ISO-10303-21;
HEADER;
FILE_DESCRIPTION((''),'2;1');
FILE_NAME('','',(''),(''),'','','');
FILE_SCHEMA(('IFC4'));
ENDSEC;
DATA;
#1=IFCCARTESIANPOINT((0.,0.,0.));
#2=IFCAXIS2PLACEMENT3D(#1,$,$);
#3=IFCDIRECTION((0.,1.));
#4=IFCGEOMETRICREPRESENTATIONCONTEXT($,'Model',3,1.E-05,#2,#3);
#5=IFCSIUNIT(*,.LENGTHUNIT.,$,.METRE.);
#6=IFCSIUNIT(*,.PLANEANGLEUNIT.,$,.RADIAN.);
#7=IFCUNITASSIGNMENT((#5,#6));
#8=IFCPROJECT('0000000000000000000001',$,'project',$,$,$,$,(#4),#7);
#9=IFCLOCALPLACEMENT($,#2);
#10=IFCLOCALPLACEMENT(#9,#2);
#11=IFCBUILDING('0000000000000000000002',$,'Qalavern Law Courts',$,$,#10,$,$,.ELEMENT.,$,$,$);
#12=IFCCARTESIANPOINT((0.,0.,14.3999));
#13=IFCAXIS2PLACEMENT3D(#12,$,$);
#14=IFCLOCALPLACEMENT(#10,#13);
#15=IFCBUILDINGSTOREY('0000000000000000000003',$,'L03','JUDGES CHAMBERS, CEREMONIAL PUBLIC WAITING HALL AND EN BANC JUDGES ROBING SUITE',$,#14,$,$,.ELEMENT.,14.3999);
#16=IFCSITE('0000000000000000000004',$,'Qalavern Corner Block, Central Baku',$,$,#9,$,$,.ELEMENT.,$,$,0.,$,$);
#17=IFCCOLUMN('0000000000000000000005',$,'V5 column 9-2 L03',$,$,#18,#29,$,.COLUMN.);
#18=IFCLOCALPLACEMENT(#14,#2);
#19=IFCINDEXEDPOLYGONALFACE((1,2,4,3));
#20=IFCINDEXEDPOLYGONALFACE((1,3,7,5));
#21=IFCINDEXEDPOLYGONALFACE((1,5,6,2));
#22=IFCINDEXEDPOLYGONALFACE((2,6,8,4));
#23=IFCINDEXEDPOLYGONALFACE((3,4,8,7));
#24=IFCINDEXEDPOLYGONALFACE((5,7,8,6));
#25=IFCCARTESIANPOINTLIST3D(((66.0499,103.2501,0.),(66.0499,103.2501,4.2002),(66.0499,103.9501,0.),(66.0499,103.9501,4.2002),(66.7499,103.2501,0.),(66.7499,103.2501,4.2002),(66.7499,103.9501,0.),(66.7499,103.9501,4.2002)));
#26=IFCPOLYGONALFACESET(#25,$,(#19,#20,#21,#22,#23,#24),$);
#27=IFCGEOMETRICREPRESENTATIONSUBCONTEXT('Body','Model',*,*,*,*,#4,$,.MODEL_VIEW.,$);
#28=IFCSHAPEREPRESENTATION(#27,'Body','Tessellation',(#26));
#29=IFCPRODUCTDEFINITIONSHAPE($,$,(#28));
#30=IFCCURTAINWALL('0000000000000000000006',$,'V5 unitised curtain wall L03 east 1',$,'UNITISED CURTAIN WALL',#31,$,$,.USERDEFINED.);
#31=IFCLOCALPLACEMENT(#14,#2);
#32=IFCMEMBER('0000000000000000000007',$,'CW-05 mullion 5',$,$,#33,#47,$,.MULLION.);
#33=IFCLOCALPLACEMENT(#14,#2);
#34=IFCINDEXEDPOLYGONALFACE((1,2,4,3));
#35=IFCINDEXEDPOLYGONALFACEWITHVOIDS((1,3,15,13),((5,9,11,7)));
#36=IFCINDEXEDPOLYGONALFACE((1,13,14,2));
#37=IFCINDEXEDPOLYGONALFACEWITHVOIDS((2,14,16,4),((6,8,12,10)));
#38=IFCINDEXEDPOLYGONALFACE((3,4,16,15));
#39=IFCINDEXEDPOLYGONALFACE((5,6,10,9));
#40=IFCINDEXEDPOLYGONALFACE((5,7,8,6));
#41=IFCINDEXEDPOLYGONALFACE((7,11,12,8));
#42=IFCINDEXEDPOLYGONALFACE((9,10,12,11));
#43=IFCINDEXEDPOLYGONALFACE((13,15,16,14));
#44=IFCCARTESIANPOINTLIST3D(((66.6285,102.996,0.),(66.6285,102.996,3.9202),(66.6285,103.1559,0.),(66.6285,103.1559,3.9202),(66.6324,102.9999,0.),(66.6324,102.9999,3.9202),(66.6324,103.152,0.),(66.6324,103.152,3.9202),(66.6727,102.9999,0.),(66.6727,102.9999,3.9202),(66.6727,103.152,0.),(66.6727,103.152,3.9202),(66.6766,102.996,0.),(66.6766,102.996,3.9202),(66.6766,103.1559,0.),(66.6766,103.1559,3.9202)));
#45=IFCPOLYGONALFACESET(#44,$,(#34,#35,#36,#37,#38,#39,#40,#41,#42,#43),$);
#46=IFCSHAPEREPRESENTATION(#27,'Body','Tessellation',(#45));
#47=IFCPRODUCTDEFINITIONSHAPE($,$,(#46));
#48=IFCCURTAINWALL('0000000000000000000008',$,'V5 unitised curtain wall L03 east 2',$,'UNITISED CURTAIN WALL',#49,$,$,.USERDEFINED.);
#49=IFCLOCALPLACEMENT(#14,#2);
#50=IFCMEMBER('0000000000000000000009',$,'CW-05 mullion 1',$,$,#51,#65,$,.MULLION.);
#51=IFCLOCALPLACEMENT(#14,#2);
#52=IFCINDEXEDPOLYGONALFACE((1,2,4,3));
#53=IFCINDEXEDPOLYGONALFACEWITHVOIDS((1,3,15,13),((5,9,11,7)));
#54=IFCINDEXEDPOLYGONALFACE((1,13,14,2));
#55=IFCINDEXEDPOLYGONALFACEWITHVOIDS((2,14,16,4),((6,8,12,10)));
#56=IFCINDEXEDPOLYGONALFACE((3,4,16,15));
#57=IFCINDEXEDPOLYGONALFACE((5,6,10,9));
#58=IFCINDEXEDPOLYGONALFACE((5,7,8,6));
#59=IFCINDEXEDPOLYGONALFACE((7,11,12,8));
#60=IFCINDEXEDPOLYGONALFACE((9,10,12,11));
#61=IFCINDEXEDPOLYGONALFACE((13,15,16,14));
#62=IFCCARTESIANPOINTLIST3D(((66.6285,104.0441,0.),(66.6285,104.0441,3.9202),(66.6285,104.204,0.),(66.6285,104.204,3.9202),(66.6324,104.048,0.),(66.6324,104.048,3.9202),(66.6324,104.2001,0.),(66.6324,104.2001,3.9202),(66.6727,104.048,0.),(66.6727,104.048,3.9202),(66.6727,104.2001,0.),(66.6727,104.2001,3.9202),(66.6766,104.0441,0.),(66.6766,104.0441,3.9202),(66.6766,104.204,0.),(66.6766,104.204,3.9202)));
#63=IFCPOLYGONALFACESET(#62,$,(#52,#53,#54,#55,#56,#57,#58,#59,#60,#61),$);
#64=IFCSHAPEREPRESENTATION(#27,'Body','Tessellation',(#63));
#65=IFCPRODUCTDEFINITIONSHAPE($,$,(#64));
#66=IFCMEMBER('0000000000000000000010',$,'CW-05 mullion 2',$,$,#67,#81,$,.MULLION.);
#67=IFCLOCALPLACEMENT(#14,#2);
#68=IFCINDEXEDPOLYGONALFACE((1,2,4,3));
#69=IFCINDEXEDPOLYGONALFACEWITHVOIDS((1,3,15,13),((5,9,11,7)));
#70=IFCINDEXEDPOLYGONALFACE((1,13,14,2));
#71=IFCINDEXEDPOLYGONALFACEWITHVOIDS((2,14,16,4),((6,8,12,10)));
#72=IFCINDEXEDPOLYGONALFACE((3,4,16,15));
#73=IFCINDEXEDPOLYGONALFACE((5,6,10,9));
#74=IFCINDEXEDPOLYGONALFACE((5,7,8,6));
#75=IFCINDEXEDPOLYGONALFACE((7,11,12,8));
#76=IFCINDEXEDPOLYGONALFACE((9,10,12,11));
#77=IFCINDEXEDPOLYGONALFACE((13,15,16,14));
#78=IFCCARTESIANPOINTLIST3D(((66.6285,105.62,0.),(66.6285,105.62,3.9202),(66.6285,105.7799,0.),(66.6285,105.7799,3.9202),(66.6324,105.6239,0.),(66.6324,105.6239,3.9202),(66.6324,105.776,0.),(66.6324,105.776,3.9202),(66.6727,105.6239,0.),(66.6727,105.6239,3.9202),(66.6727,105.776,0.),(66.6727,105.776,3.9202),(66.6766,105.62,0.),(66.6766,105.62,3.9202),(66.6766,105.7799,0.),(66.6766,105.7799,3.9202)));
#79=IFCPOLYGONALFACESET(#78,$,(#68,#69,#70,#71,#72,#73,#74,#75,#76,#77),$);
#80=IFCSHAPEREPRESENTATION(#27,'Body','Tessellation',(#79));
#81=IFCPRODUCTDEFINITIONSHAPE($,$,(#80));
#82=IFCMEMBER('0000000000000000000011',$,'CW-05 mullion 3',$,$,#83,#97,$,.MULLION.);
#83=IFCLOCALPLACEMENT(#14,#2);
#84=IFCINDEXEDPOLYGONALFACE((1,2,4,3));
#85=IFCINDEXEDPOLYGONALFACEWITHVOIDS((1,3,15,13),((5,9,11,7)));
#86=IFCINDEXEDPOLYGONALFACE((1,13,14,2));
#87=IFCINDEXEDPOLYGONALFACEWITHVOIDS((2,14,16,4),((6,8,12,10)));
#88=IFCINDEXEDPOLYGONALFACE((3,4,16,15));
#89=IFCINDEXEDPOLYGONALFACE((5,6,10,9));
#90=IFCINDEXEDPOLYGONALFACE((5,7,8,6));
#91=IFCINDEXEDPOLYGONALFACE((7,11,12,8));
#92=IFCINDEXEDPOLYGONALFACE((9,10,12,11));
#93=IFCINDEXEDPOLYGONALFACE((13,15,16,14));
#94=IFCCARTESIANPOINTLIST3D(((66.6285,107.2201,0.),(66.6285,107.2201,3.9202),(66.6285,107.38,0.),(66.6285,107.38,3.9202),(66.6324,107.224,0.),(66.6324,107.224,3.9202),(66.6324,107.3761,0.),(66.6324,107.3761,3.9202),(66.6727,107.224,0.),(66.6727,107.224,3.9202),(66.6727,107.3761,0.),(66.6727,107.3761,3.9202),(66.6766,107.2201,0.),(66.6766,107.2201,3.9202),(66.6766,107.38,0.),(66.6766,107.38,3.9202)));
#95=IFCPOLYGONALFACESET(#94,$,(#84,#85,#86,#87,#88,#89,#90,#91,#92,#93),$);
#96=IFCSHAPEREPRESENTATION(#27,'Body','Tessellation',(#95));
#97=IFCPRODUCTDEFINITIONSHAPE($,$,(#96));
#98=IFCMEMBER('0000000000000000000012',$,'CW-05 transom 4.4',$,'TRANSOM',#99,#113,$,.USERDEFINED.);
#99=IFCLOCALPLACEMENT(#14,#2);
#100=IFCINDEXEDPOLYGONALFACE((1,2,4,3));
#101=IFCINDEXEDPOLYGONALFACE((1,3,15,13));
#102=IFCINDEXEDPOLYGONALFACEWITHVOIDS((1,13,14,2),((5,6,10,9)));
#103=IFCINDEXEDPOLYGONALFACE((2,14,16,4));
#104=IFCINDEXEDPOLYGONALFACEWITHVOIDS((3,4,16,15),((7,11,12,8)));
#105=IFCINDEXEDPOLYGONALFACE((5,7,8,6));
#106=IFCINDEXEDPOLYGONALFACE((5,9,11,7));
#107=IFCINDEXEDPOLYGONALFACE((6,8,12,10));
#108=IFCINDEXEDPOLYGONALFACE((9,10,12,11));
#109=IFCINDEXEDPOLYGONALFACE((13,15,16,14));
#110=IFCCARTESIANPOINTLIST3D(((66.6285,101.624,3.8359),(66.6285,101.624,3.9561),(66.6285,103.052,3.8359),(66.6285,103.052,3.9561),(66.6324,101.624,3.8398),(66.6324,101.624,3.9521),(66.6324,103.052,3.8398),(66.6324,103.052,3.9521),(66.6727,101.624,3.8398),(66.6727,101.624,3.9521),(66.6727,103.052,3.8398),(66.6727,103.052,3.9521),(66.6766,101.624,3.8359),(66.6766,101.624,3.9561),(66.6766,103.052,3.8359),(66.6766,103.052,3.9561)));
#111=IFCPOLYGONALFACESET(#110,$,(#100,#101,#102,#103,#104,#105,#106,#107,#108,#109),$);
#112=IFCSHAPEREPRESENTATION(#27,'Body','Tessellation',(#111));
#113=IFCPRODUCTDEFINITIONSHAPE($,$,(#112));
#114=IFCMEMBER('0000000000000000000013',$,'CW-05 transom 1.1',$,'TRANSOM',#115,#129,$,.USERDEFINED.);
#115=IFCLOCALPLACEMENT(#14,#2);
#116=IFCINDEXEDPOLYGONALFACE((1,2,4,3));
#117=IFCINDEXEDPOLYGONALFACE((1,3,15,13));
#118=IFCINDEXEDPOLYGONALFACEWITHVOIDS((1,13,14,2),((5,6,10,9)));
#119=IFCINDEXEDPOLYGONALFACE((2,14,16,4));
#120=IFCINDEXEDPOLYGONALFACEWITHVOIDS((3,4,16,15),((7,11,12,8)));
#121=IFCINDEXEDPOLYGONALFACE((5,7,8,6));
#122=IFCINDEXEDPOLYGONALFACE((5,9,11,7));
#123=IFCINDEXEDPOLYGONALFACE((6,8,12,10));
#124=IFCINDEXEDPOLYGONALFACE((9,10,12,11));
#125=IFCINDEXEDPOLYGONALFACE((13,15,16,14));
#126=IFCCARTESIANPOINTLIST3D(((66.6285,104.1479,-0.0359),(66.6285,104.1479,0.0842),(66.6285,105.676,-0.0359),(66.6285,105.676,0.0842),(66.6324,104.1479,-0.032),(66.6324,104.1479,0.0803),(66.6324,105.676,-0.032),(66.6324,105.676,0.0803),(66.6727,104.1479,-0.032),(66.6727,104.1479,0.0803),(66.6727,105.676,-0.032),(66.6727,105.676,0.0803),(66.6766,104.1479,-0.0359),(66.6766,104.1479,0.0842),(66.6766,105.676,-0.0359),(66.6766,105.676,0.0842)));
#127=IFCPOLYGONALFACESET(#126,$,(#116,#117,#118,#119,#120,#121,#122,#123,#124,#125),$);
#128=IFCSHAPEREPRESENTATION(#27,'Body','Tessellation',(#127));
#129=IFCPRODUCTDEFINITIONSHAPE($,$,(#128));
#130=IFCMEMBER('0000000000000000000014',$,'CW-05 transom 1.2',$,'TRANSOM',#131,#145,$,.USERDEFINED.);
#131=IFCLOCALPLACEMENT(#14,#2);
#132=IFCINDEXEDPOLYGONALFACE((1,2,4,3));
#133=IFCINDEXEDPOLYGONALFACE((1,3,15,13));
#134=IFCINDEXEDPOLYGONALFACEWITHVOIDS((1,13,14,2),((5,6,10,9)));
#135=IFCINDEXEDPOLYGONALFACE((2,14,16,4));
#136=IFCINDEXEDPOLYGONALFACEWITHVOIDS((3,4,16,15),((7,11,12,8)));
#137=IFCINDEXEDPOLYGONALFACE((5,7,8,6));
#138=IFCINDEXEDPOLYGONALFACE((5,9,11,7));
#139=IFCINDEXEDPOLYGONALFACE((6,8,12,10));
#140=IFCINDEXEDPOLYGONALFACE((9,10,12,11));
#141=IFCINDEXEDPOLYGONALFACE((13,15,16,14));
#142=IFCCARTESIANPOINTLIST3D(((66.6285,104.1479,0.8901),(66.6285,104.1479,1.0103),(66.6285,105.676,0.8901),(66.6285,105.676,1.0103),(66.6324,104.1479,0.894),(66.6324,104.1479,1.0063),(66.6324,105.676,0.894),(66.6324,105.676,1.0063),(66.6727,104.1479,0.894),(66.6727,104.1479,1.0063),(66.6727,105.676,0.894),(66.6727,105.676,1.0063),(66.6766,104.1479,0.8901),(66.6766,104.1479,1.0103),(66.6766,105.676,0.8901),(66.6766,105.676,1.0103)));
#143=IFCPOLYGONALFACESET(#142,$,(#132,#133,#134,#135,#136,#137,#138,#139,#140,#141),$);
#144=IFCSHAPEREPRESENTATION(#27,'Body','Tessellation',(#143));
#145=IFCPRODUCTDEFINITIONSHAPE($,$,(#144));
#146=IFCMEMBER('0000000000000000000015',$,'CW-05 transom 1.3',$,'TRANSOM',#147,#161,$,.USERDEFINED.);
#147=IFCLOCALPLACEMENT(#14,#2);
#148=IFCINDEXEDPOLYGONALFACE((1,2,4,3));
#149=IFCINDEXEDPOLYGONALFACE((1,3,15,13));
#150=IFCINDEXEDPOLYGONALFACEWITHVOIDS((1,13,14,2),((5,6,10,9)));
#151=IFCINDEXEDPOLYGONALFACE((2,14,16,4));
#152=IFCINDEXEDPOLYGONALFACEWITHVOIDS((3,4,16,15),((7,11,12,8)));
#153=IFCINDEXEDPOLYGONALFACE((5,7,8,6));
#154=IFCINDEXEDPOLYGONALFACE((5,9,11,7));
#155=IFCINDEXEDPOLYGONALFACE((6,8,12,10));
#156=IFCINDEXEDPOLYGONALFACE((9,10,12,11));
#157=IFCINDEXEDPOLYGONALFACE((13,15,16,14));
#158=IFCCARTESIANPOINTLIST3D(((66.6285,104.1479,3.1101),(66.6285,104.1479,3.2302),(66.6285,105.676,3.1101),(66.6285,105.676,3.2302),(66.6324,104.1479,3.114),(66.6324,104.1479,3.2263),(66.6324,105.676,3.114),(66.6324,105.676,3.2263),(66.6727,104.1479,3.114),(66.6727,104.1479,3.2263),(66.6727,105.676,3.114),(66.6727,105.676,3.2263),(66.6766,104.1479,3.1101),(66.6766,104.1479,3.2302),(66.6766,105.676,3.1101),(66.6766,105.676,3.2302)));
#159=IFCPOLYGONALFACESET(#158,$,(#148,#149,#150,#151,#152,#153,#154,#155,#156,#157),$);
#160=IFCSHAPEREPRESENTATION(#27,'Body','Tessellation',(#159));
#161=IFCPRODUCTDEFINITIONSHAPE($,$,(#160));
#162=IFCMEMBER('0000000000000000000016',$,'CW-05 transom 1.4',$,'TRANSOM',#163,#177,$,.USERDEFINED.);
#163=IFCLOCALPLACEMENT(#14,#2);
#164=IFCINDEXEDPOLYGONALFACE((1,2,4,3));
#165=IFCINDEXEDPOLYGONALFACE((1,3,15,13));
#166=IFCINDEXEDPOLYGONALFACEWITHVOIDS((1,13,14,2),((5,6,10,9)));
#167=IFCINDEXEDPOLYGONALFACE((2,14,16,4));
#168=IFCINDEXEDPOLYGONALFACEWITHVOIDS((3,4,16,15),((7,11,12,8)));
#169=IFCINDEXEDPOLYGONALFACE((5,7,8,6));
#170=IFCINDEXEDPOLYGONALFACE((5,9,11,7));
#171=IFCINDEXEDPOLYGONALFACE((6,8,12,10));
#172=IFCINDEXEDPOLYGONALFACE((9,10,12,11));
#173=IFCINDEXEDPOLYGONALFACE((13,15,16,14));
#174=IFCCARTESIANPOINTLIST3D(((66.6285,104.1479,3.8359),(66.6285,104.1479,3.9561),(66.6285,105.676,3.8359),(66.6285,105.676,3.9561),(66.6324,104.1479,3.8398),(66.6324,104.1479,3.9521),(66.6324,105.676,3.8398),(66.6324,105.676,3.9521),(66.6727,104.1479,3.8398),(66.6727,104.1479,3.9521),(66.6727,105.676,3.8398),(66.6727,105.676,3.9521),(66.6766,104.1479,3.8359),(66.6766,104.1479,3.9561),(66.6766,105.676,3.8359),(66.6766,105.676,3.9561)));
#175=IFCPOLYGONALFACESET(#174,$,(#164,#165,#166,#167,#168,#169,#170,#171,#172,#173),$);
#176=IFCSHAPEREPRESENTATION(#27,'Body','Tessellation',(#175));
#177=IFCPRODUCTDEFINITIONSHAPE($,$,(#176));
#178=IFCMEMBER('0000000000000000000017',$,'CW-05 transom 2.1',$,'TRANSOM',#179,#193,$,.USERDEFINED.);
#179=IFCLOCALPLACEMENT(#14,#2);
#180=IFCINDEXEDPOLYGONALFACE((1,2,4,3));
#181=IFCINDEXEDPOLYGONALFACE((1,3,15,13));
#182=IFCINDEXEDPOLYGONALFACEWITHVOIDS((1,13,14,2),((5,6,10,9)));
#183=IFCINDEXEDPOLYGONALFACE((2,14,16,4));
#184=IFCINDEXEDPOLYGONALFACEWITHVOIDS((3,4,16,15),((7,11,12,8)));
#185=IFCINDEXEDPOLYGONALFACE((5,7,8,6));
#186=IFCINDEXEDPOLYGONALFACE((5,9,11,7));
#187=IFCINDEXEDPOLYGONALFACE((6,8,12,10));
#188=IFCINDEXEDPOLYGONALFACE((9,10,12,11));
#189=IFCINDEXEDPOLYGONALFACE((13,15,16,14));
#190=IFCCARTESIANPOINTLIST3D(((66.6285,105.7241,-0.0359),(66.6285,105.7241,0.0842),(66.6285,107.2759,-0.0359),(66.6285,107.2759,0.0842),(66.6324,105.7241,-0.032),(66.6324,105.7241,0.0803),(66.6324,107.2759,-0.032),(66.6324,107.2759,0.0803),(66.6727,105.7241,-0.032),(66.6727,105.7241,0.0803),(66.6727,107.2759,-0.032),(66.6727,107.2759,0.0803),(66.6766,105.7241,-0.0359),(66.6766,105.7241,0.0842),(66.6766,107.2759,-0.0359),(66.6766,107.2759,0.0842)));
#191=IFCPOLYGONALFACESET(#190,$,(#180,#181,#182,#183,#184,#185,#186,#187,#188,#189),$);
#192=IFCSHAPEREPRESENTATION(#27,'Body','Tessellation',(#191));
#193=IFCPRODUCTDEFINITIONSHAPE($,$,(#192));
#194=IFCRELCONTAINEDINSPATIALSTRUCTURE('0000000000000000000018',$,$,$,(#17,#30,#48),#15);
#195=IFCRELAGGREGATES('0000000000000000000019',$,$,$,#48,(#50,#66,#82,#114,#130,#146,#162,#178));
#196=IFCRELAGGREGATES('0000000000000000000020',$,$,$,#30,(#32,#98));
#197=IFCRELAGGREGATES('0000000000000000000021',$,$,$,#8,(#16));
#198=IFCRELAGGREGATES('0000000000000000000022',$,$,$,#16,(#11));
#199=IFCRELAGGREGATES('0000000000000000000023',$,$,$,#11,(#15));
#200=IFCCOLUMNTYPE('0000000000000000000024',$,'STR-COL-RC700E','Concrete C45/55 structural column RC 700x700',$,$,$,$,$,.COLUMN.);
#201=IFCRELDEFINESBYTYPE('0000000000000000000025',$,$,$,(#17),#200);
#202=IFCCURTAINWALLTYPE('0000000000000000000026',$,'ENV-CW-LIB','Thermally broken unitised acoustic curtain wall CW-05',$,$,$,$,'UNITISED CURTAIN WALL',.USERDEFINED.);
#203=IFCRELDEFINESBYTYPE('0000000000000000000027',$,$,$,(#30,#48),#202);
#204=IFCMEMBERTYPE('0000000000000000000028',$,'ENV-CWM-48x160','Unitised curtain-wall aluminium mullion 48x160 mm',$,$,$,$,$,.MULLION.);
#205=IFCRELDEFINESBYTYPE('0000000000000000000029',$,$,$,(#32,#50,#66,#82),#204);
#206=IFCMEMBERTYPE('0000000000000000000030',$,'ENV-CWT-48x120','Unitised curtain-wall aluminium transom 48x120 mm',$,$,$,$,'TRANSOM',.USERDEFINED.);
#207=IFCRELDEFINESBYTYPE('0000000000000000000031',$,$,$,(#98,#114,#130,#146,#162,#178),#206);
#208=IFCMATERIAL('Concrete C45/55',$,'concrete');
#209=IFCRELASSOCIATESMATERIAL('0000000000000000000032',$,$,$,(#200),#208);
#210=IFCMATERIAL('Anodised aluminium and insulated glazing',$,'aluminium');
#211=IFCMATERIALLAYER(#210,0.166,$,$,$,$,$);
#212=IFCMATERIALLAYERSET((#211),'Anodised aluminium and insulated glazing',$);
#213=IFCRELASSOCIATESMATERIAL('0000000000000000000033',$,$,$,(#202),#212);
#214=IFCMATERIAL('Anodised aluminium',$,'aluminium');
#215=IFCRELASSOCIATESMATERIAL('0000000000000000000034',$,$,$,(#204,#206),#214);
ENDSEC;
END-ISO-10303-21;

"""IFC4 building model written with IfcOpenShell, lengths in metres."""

from ifc_helpers import new_model, si_unit, direction, frame, origin, origin_2d, place, context, subcontext, project, spatial, rectangle, hollow_rectangle, extrude, material, layer, layer_set, material_profile, profile_set, type_object, element, aggregate, save


model = new_model("IFC4")

# Units and contexts
model_context = context("Model", 3, precision=1e-05, world=origin(), true_north=direction((0.0, 1.0)))
body_context = subcontext(model_context, "Body", "Model", "MODEL_VIEW")
ifc_project = project(units=[si_unit("LENGTHUNIT", "METRE"), si_unit("PLANEANGLEUNIT", "RADIAN")], contexts=[model_context])

# Site, building, storey
site_placement = place(None, origin())
site = spatial("IfcSite", under=ifc_project, at=site_placement, Name="Qalavern Corner Block, Central Baku", CompositionType="ELEMENT", RefElevation=0.0)
building_placement = place(site_placement, origin())
building = spatial("IfcBuilding", under=site, at=building_placement, Name="Qalavern Law Courts", CompositionType="ELEMENT")
storey_placement = place(building_placement, frame((0.0, 0.0, 14.3999)))
storey = spatial("IfcBuildingStorey", under=building, at=storey_placement, Name="L03", Description="JUDGES CHAMBERS, CEREMONIAL PUBLIC WAITING HALL AND EN BANC JUDGES ROBING SUITE", CompositionType="ELEMENT", Elevation=14.3999)

# Column
ifc_material_1 = material(Name="Concrete C45/55", Category="concrete")
ifc_material_profile_1 = material_profile(ifc_material_1, rectangle(XDim=0.7, YDim=0.7, at=origin_2d()), Name="RC 700x700")
ifc_profile_set_1 = profile_set([ifc_material_profile_1], Name="Concrete C45/55")
column_type = type_object("IfcColumnType", Name="STR-COL-RC700E", Description="Concrete C45/55 structural column RC 700x700", PredefinedType="COLUMN", material=ifc_profile_set_1)
column_placement = place(storey_placement, frame((66.3999, 103.6001, 0.0), z_axis=(0.0, 0.0, 1.0), x_axis=(1.0, 0.0, 0.0)))
element("IfcColumn", 1, at=column_placement, inside=storey, type_object=column_type, Name="V5 column 9-2 L03", PredefinedType="COLUMN", context=body_context, shape_type="SweptSolid", body=[
    extrude(rectangle(XDim=0.7, YDim=0.7, at=origin_2d()), origin(), (0.0, 0.0, 1.0), 4.2002),
])

# Curtain wall, member
ifc_material_2 = material(Name="Anodised aluminium and insulated glazing", Category="aluminium")
ifc_layer_1 = layer(ifc_material_2, 0.166)
ifc_layer_set_1 = layer_set([ifc_layer_1], Name="Anodised aluminium and insulated glazing")
curtain_wall_type = type_object("IfcCurtainWallType", Name="ENV-CW-LIB", Description="Thermally broken unitised acoustic curtain wall CW-05", ElementType="UNITISED CURTAIN WALL", PredefinedType="USERDEFINED", material=ifc_layer_set_1)
curtain_wall_1_placement = place(storey_placement, origin())
curtain_wall_1 = element("IfcCurtainWall", 2, at=curtain_wall_1_placement, inside=storey, type_object=curtain_wall_type, Name="V5 unitised curtain wall L03 east 1", ObjectType="UNITISED CURTAIN WALL", PredefinedType="USERDEFINED")
ifc_material_3 = material(Name="Anodised aluminium", Category="aluminium")
ifc_material_profile_2 = material_profile(ifc_material_3, hollow_rectangle(XDim=0.0481, YDim=0.1599, WallThickness=0.0039, at=origin_2d()), Name="ALU MULLION 48x160")
ifc_profile_set_2 = profile_set([ifc_material_profile_2], Name="Anodised aluminium")
member_type_1 = type_object("IfcMemberType", Name="ENV-CWM-48x160", Description="Unitised curtain-wall aluminium mullion 48x160 mm", PredefinedType="MULLION", material=ifc_profile_set_2)
member_1_placement = place(storey_placement, frame((66.6526, 103.0759, 0.0), z_axis=(0.0, 0.0, 1.0), x_axis=(-1.0, 0.0, 0.0)))
member_1 = element("IfcMember", 3, at=member_1_placement, type_object=member_type_1, Name="CW-05 mullion 5", PredefinedType="MULLION", context=body_context, shape_type="SweptSolid", body=[
    extrude(hollow_rectangle(XDim=0.0481, YDim=0.1599, WallThickness=0.0039, at=origin_2d()), origin(), (0.0, 0.0, 1.0), 3.9202),
])

# Curtain wall, members
curtain_wall_2_placement = place(storey_placement, origin())
curtain_wall_2 = element("IfcCurtainWall", 4, at=curtain_wall_2_placement, inside=storey, type_object=curtain_wall_type, Name="V5 unitised curtain wall L03 east 2", ObjectType="UNITISED CURTAIN WALL", PredefinedType="USERDEFINED")
member_2_placement = place(storey_placement, frame((66.6526, 104.124, 0.0), z_axis=(0.0, 0.0, 1.0), x_axis=(-1.0, 0.0, 0.0)))
member_2 = element("IfcMember", 5, at=member_2_placement, type_object=member_type_1, Name="CW-05 mullion 1", PredefinedType="MULLION", context=body_context, shape_type="SweptSolid", body=[
    extrude(hollow_rectangle(XDim=0.0481, YDim=0.1599, WallThickness=0.0039, at=origin_2d()), origin(), (0.0, 0.0, 1.0), 3.9202),
])
member_3_placement = place(storey_placement, frame((66.6526, 105.7, 0.0), z_axis=(0.0, 0.0, 1.0), x_axis=(-1.0, 0.0, 0.0)))
member_3 = element("IfcMember", 6, at=member_3_placement, type_object=member_type_1, Name="CW-05 mullion 2", PredefinedType="MULLION", context=body_context, shape_type="SweptSolid", body=[
    extrude(hollow_rectangle(XDim=0.0481, YDim=0.1599, WallThickness=0.0039, at=origin_2d()), origin(), (0.0, 0.0, 1.0), 3.9202),
])
member_4_placement = place(storey_placement, frame((66.6526, 107.3, 0.0), z_axis=(0.0, 0.0, 1.0), x_axis=(-1.0, 0.0, 0.0)))
member_4 = element("IfcMember", 7, at=member_4_placement, type_object=member_type_1, Name="CW-05 mullion 3", PredefinedType="MULLION", context=body_context, shape_type="SweptSolid", body=[
    extrude(hollow_rectangle(XDim=0.0481, YDim=0.1599, WallThickness=0.0039, at=origin_2d()), origin(), (0.0, 0.0, 1.0), 3.9202),
])

# Members
ifc_material_profile_3 = material_profile(ifc_material_3, hollow_rectangle(XDim=0.0481, YDim=0.1201, WallThickness=0.0039, at=origin_2d()), Name="ALU TRANSOM 48x120")
ifc_profile_set_3 = profile_set([ifc_material_profile_3], Name="Anodised aluminium")
member_type_2 = type_object("IfcMemberType", Name="ENV-CWT-48x120", Description="Unitised curtain-wall aluminium transom 48x120 mm", ElementType="TRANSOM", PredefinedType="USERDEFINED", material=ifc_profile_set_3)
member_5_placement = place(storey_placement, frame((66.6526, 101.624, 3.896), z_axis=(0.0, 1.0, 0.0), x_axis=(-1.0, 0.0, 0.0)))
member_5 = element("IfcMember", 8, at=member_5_placement, type_object=member_type_2, Name="CW-05 transom 4.4", ObjectType="TRANSOM", PredefinedType="USERDEFINED", context=body_context, shape_type="SweptSolid", body=[
    extrude(hollow_rectangle(XDim=0.0481, YDim=0.1201, WallThickness=0.0039, at=origin_2d()), origin(), (0.0, 0.0, 1.0), 1.428),
])
member_6_placement = place(storey_placement, frame((66.6526, 104.1479, 0.0242), z_axis=(0.0, 1.0, 0.0), x_axis=(-1.0, 0.0, 0.0)))
member_6 = element("IfcMember", 9, at=member_6_placement, type_object=member_type_2, Name="CW-05 transom 1.1", ObjectType="TRANSOM", PredefinedType="USERDEFINED", context=body_context, shape_type="SweptSolid", body=[
    extrude(hollow_rectangle(XDim=0.0481, YDim=0.1201, WallThickness=0.0039, at=origin_2d()), origin(), (0.0, 0.0, 1.0), 1.5281),
])
member_7_placement = place(storey_placement, frame((66.6526, 104.1479, 0.9502), z_axis=(0.0, 1.0, 0.0), x_axis=(-1.0, 0.0, 0.0)))
member_7 = element("IfcMember", 10, at=member_7_placement, type_object=member_type_2, Name="CW-05 transom 1.2", ObjectType="TRANSOM", PredefinedType="USERDEFINED", context=body_context, shape_type="SweptSolid", body=[
    extrude(hollow_rectangle(XDim=0.0481, YDim=0.1201, WallThickness=0.0039, at=origin_2d()), origin(), (0.0, 0.0, 1.0), 1.5281),
])
member_8_placement = place(storey_placement, frame((66.6526, 104.1479, 3.1702), z_axis=(0.0, 1.0, 0.0), x_axis=(-1.0, 0.0, 0.0)))
member_8 = element("IfcMember", 11, at=member_8_placement, type_object=member_type_2, Name="CW-05 transom 1.3", ObjectType="TRANSOM", PredefinedType="USERDEFINED", context=body_context, shape_type="SweptSolid", body=[
    extrude(hollow_rectangle(XDim=0.0481, YDim=0.1201, WallThickness=0.0039, at=origin_2d()), origin(), (0.0, 0.0, 1.0), 1.5281),
])
member_9_placement = place(storey_placement, frame((66.6526, 104.1479, 3.896), z_axis=(0.0, 1.0, 0.0), x_axis=(-1.0, 0.0, 0.0)))
member_9 = element("IfcMember", 12, at=member_9_placement, type_object=member_type_2, Name="CW-05 transom 1.4", ObjectType="TRANSOM", PredefinedType="USERDEFINED", context=body_context, shape_type="SweptSolid", body=[
    extrude(hollow_rectangle(XDim=0.0481, YDim=0.1201, WallThickness=0.0039, at=origin_2d()), origin(), (0.0, 0.0, 1.0), 1.5281),
])
member_10_placement = place(storey_placement, frame((66.6526, 105.7241, 0.0242), z_axis=(0.0, 1.0, 0.0), x_axis=(-1.0, 0.0, 0.0)))
member_10 = element("IfcMember", 13, at=member_10_placement, type_object=member_type_2, Name="CW-05 transom 2.1", ObjectType="TRANSOM", PredefinedType="USERDEFINED", context=body_context, shape_type="SweptSolid", body=[
    extrude(hollow_rectangle(XDim=0.0481, YDim=0.1201, WallThickness=0.0039, at=origin_2d()), origin(), (0.0, 0.0, 1.0), 1.5518),
])

aggregate(curtain_wall_2, [member_2, member_3, member_4, member_6, member_7, member_8, member_9, member_10])
aggregate(curtain_wall_1, [member_1, member_5])

save(model, "model.ifc")
